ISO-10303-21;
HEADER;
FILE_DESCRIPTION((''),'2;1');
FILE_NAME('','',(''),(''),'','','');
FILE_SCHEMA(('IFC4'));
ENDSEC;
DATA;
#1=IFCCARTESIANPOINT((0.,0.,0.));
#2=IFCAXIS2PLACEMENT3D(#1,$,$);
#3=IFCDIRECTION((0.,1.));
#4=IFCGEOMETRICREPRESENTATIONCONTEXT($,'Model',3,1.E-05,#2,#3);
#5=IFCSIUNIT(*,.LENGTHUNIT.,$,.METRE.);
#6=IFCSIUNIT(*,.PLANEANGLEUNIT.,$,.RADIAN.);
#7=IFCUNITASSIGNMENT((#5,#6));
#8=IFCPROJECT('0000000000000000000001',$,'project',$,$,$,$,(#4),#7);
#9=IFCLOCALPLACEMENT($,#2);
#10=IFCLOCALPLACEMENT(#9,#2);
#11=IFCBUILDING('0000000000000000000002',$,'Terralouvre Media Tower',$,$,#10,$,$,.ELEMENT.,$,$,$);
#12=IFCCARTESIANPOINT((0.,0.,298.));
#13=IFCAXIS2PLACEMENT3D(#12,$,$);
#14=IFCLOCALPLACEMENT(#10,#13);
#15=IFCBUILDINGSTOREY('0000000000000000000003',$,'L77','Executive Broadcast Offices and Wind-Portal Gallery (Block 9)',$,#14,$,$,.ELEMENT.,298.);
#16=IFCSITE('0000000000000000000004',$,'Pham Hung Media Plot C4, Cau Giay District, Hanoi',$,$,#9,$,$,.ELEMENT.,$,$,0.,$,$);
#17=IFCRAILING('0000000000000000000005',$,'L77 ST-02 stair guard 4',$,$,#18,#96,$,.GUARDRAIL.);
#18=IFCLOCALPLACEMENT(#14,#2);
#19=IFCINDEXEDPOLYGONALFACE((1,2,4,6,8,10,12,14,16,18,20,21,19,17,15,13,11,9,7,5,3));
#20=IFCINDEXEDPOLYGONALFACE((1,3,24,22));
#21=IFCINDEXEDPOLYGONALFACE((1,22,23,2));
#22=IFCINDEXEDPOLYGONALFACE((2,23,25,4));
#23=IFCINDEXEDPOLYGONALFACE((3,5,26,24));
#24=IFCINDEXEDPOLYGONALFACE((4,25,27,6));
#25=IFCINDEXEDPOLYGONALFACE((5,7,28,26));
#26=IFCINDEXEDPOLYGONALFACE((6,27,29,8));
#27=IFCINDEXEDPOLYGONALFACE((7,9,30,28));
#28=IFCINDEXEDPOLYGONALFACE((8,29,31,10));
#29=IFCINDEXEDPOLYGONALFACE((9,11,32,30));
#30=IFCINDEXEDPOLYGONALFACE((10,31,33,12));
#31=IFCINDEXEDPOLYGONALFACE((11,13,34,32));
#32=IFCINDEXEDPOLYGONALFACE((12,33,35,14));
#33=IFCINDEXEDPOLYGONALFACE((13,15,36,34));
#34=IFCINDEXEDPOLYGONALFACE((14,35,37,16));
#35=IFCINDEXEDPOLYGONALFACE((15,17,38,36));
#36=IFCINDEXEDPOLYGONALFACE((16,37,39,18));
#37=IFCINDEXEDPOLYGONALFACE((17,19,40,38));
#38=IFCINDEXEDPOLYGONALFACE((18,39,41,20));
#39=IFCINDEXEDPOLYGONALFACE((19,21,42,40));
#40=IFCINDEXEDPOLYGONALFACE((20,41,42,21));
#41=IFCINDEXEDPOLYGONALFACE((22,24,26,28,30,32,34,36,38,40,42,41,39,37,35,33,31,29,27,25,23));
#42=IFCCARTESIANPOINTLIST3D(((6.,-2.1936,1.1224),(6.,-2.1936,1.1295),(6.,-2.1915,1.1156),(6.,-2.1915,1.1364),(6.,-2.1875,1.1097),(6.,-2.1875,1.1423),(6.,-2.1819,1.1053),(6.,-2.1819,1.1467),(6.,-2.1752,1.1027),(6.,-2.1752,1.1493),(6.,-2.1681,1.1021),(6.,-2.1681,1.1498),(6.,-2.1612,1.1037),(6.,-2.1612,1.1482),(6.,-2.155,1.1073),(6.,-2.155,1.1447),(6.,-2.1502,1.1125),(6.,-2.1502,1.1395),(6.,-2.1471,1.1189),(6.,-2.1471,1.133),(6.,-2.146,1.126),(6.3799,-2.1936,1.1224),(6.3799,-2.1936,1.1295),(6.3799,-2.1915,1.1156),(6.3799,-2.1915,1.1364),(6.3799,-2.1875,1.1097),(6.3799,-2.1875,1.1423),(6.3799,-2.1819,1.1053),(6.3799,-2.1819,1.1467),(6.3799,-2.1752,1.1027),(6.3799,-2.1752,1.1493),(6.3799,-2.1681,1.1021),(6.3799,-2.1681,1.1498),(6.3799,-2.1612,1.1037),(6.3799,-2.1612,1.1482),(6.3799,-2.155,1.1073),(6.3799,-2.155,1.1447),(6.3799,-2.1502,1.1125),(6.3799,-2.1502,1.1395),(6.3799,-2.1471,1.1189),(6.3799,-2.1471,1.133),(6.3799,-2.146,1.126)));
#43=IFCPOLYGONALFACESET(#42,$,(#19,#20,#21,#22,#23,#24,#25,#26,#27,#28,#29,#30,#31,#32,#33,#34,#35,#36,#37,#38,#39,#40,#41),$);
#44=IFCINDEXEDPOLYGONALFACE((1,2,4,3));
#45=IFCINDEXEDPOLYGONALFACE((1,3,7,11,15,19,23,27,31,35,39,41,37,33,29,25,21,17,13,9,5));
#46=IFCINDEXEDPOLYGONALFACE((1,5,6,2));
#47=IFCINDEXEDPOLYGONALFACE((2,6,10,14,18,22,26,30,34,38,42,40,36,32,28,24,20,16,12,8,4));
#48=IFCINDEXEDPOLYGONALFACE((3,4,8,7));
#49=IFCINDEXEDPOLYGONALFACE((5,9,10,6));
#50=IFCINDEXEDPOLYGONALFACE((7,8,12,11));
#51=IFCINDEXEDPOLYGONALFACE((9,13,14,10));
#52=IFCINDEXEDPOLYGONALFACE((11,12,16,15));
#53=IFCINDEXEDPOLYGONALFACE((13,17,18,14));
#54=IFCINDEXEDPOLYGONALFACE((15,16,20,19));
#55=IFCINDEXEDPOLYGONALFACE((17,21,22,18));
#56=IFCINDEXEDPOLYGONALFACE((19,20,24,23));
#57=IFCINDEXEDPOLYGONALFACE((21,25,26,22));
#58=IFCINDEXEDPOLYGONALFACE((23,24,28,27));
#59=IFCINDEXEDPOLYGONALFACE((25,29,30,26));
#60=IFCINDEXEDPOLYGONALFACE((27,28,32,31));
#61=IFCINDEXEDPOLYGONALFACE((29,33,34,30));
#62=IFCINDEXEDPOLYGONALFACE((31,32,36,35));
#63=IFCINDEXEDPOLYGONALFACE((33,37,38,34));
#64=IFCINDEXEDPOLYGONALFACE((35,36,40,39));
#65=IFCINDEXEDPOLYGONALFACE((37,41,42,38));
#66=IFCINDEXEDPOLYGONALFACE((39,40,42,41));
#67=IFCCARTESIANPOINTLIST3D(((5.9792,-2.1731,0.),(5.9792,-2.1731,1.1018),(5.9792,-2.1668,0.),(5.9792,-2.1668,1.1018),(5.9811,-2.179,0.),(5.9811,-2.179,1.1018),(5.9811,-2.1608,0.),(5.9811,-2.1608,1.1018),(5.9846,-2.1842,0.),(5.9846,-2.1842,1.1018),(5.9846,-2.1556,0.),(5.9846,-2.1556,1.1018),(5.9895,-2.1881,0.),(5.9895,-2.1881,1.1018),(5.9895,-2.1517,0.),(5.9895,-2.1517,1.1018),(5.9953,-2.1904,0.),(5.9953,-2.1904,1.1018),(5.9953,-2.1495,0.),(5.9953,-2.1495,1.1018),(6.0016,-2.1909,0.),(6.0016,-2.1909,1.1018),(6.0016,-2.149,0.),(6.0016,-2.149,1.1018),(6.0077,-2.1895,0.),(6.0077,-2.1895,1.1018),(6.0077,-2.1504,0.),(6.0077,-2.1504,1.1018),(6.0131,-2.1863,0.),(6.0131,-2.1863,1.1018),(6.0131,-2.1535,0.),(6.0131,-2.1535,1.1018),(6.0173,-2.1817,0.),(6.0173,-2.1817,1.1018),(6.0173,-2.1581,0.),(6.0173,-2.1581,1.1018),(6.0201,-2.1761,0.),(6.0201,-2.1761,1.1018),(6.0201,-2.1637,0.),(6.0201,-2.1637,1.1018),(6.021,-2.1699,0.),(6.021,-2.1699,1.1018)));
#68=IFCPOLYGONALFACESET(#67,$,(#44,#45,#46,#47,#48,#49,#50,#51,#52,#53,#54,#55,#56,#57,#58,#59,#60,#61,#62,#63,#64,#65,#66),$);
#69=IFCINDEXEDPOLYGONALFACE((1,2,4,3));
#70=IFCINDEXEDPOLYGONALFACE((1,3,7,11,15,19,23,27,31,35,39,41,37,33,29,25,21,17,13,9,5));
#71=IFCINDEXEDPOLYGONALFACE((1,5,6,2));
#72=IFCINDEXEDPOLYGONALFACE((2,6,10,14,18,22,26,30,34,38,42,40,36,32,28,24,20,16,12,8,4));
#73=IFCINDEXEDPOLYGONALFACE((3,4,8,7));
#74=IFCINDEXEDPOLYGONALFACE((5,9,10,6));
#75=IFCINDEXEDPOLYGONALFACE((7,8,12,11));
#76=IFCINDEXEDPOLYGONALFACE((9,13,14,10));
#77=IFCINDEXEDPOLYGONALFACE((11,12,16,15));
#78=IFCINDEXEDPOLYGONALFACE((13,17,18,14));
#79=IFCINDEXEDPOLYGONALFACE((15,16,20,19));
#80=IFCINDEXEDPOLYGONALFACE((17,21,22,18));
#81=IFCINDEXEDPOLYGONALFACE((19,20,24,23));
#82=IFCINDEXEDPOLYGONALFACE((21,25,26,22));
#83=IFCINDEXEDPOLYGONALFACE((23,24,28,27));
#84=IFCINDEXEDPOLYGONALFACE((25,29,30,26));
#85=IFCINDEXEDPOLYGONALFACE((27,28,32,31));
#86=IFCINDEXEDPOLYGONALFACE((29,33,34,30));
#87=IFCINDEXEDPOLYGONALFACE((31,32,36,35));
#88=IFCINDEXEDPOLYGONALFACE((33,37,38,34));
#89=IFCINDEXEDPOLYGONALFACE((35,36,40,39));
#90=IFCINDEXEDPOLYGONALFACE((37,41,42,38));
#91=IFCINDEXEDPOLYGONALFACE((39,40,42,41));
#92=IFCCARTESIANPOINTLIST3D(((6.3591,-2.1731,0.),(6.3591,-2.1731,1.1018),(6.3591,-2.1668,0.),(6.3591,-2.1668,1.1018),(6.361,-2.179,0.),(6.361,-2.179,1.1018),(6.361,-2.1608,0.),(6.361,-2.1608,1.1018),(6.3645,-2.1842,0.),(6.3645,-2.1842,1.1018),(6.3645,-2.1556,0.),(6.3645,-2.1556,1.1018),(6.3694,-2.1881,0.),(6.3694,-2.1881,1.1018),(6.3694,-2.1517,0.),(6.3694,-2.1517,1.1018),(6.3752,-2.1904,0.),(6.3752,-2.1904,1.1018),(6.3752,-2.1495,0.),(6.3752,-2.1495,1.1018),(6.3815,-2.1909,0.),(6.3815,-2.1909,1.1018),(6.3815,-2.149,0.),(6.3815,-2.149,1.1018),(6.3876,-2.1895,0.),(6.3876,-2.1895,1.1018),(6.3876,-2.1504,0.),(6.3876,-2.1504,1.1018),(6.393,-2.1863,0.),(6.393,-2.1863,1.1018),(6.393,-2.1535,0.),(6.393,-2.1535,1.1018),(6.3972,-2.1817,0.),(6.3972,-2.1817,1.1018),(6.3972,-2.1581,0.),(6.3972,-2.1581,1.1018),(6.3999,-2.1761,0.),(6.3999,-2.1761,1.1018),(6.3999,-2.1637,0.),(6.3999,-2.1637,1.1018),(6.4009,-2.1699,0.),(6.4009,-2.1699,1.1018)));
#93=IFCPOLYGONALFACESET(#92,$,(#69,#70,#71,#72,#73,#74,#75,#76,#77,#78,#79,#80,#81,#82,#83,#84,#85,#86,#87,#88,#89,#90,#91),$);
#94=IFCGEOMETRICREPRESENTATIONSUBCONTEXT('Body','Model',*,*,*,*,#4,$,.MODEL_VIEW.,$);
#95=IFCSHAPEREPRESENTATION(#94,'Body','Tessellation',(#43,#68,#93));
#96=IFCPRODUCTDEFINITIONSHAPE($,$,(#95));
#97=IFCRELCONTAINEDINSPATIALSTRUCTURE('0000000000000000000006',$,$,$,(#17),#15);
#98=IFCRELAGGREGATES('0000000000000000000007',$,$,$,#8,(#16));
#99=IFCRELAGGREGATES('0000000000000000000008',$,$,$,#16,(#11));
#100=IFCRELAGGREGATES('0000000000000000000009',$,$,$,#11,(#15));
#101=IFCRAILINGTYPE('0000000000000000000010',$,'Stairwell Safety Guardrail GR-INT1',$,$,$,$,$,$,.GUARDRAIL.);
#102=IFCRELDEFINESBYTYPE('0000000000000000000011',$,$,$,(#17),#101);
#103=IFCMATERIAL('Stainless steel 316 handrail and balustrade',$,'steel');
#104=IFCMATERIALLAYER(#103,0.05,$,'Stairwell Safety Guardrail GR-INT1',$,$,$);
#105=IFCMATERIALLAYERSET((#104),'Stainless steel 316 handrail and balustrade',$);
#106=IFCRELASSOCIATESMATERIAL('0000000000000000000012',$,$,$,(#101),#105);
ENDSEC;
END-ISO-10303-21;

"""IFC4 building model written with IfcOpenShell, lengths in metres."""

from ifc_helpers import new_model, si_unit, direction, frame, origin, origin_2d, place, context, subcontext, project, spatial, circle, extrude, material, layer, layer_set, type_object, element, save


model = new_model("IFC4")

# Units and contexts
model_context = context("Model", 3, precision=1e-05, world=origin(), true_north=direction((0.0, 1.0)))
body_context = subcontext(model_context, "Body", "Model", "MODEL_VIEW")
ifc_project = project(units=[si_unit("LENGTHUNIT", "METRE"), si_unit("PLANEANGLEUNIT", "RADIAN")], contexts=[model_context])

# Site, building, storey
site_placement = place(None, origin())
site = spatial("IfcSite", under=ifc_project, at=site_placement, Name="Pham Hung Media Plot C4, Cau Giay District, Hanoi", CompositionType="ELEMENT", RefElevation=0.0)
building_placement = place(site_placement, origin())
building = spatial("IfcBuilding", under=site, at=building_placement, Name="Terralouvre Media Tower", CompositionType="ELEMENT")
storey_placement = place(building_placement, frame((0.0, 0.0, 298.0)))
storey = spatial("IfcBuildingStorey", under=building, at=storey_placement, Name="L77", Description="Executive Broadcast Offices and Wind-Portal Gallery (Block 9)", CompositionType="ELEMENT", Elevation=298.0)

# Railing
ifc_material_1 = material(Name="Stainless steel 316 handrail and balustrade", Category="steel")
ifc_layer_1 = layer(ifc_material_1, 0.05, Name="Stairwell Safety Guardrail GR-INT1")
ifc_layer_set_1 = layer_set([ifc_layer_1], Name="Stainless steel 316 handrail and balustrade")
railing_type_1 = type_object("IfcRailingType", Name="Stairwell Safety Guardrail GR-INT1", PredefinedType="GUARDRAIL", material=ifc_layer_set_1)
railing_1_placement = place(storey_placement, frame((6.0, -2.1699, 0.0)))
element("IfcRailing", 1, at=railing_1_placement, inside=storey, type_object=railing_type_1, Name="L77 ST-02 stair guard 4", PredefinedType="GUARDRAIL", context=body_context, shape_type="SweptSolid", body=[
    extrude(circle(Radius=0.0239, at=origin_2d()), frame((0.0, 0.0, 1.126), z_axis=(1.0, 0.0, 0.0), x_axis=(0.0, 1.0, 0.0)), (0.0, 0.0, 1.0), 0.3799),
    extrude(circle(Radius=0.021, at=origin_2d()), origin(), (0.0, 0.0, 1.0), 1.1018),
    extrude(circle(Radius=0.021, at=origin_2d()), frame((0.3799, 0.0, 0.0)), (0.0, 0.0, 1.0), 1.1018),
])

save(model, "model.ifc")
